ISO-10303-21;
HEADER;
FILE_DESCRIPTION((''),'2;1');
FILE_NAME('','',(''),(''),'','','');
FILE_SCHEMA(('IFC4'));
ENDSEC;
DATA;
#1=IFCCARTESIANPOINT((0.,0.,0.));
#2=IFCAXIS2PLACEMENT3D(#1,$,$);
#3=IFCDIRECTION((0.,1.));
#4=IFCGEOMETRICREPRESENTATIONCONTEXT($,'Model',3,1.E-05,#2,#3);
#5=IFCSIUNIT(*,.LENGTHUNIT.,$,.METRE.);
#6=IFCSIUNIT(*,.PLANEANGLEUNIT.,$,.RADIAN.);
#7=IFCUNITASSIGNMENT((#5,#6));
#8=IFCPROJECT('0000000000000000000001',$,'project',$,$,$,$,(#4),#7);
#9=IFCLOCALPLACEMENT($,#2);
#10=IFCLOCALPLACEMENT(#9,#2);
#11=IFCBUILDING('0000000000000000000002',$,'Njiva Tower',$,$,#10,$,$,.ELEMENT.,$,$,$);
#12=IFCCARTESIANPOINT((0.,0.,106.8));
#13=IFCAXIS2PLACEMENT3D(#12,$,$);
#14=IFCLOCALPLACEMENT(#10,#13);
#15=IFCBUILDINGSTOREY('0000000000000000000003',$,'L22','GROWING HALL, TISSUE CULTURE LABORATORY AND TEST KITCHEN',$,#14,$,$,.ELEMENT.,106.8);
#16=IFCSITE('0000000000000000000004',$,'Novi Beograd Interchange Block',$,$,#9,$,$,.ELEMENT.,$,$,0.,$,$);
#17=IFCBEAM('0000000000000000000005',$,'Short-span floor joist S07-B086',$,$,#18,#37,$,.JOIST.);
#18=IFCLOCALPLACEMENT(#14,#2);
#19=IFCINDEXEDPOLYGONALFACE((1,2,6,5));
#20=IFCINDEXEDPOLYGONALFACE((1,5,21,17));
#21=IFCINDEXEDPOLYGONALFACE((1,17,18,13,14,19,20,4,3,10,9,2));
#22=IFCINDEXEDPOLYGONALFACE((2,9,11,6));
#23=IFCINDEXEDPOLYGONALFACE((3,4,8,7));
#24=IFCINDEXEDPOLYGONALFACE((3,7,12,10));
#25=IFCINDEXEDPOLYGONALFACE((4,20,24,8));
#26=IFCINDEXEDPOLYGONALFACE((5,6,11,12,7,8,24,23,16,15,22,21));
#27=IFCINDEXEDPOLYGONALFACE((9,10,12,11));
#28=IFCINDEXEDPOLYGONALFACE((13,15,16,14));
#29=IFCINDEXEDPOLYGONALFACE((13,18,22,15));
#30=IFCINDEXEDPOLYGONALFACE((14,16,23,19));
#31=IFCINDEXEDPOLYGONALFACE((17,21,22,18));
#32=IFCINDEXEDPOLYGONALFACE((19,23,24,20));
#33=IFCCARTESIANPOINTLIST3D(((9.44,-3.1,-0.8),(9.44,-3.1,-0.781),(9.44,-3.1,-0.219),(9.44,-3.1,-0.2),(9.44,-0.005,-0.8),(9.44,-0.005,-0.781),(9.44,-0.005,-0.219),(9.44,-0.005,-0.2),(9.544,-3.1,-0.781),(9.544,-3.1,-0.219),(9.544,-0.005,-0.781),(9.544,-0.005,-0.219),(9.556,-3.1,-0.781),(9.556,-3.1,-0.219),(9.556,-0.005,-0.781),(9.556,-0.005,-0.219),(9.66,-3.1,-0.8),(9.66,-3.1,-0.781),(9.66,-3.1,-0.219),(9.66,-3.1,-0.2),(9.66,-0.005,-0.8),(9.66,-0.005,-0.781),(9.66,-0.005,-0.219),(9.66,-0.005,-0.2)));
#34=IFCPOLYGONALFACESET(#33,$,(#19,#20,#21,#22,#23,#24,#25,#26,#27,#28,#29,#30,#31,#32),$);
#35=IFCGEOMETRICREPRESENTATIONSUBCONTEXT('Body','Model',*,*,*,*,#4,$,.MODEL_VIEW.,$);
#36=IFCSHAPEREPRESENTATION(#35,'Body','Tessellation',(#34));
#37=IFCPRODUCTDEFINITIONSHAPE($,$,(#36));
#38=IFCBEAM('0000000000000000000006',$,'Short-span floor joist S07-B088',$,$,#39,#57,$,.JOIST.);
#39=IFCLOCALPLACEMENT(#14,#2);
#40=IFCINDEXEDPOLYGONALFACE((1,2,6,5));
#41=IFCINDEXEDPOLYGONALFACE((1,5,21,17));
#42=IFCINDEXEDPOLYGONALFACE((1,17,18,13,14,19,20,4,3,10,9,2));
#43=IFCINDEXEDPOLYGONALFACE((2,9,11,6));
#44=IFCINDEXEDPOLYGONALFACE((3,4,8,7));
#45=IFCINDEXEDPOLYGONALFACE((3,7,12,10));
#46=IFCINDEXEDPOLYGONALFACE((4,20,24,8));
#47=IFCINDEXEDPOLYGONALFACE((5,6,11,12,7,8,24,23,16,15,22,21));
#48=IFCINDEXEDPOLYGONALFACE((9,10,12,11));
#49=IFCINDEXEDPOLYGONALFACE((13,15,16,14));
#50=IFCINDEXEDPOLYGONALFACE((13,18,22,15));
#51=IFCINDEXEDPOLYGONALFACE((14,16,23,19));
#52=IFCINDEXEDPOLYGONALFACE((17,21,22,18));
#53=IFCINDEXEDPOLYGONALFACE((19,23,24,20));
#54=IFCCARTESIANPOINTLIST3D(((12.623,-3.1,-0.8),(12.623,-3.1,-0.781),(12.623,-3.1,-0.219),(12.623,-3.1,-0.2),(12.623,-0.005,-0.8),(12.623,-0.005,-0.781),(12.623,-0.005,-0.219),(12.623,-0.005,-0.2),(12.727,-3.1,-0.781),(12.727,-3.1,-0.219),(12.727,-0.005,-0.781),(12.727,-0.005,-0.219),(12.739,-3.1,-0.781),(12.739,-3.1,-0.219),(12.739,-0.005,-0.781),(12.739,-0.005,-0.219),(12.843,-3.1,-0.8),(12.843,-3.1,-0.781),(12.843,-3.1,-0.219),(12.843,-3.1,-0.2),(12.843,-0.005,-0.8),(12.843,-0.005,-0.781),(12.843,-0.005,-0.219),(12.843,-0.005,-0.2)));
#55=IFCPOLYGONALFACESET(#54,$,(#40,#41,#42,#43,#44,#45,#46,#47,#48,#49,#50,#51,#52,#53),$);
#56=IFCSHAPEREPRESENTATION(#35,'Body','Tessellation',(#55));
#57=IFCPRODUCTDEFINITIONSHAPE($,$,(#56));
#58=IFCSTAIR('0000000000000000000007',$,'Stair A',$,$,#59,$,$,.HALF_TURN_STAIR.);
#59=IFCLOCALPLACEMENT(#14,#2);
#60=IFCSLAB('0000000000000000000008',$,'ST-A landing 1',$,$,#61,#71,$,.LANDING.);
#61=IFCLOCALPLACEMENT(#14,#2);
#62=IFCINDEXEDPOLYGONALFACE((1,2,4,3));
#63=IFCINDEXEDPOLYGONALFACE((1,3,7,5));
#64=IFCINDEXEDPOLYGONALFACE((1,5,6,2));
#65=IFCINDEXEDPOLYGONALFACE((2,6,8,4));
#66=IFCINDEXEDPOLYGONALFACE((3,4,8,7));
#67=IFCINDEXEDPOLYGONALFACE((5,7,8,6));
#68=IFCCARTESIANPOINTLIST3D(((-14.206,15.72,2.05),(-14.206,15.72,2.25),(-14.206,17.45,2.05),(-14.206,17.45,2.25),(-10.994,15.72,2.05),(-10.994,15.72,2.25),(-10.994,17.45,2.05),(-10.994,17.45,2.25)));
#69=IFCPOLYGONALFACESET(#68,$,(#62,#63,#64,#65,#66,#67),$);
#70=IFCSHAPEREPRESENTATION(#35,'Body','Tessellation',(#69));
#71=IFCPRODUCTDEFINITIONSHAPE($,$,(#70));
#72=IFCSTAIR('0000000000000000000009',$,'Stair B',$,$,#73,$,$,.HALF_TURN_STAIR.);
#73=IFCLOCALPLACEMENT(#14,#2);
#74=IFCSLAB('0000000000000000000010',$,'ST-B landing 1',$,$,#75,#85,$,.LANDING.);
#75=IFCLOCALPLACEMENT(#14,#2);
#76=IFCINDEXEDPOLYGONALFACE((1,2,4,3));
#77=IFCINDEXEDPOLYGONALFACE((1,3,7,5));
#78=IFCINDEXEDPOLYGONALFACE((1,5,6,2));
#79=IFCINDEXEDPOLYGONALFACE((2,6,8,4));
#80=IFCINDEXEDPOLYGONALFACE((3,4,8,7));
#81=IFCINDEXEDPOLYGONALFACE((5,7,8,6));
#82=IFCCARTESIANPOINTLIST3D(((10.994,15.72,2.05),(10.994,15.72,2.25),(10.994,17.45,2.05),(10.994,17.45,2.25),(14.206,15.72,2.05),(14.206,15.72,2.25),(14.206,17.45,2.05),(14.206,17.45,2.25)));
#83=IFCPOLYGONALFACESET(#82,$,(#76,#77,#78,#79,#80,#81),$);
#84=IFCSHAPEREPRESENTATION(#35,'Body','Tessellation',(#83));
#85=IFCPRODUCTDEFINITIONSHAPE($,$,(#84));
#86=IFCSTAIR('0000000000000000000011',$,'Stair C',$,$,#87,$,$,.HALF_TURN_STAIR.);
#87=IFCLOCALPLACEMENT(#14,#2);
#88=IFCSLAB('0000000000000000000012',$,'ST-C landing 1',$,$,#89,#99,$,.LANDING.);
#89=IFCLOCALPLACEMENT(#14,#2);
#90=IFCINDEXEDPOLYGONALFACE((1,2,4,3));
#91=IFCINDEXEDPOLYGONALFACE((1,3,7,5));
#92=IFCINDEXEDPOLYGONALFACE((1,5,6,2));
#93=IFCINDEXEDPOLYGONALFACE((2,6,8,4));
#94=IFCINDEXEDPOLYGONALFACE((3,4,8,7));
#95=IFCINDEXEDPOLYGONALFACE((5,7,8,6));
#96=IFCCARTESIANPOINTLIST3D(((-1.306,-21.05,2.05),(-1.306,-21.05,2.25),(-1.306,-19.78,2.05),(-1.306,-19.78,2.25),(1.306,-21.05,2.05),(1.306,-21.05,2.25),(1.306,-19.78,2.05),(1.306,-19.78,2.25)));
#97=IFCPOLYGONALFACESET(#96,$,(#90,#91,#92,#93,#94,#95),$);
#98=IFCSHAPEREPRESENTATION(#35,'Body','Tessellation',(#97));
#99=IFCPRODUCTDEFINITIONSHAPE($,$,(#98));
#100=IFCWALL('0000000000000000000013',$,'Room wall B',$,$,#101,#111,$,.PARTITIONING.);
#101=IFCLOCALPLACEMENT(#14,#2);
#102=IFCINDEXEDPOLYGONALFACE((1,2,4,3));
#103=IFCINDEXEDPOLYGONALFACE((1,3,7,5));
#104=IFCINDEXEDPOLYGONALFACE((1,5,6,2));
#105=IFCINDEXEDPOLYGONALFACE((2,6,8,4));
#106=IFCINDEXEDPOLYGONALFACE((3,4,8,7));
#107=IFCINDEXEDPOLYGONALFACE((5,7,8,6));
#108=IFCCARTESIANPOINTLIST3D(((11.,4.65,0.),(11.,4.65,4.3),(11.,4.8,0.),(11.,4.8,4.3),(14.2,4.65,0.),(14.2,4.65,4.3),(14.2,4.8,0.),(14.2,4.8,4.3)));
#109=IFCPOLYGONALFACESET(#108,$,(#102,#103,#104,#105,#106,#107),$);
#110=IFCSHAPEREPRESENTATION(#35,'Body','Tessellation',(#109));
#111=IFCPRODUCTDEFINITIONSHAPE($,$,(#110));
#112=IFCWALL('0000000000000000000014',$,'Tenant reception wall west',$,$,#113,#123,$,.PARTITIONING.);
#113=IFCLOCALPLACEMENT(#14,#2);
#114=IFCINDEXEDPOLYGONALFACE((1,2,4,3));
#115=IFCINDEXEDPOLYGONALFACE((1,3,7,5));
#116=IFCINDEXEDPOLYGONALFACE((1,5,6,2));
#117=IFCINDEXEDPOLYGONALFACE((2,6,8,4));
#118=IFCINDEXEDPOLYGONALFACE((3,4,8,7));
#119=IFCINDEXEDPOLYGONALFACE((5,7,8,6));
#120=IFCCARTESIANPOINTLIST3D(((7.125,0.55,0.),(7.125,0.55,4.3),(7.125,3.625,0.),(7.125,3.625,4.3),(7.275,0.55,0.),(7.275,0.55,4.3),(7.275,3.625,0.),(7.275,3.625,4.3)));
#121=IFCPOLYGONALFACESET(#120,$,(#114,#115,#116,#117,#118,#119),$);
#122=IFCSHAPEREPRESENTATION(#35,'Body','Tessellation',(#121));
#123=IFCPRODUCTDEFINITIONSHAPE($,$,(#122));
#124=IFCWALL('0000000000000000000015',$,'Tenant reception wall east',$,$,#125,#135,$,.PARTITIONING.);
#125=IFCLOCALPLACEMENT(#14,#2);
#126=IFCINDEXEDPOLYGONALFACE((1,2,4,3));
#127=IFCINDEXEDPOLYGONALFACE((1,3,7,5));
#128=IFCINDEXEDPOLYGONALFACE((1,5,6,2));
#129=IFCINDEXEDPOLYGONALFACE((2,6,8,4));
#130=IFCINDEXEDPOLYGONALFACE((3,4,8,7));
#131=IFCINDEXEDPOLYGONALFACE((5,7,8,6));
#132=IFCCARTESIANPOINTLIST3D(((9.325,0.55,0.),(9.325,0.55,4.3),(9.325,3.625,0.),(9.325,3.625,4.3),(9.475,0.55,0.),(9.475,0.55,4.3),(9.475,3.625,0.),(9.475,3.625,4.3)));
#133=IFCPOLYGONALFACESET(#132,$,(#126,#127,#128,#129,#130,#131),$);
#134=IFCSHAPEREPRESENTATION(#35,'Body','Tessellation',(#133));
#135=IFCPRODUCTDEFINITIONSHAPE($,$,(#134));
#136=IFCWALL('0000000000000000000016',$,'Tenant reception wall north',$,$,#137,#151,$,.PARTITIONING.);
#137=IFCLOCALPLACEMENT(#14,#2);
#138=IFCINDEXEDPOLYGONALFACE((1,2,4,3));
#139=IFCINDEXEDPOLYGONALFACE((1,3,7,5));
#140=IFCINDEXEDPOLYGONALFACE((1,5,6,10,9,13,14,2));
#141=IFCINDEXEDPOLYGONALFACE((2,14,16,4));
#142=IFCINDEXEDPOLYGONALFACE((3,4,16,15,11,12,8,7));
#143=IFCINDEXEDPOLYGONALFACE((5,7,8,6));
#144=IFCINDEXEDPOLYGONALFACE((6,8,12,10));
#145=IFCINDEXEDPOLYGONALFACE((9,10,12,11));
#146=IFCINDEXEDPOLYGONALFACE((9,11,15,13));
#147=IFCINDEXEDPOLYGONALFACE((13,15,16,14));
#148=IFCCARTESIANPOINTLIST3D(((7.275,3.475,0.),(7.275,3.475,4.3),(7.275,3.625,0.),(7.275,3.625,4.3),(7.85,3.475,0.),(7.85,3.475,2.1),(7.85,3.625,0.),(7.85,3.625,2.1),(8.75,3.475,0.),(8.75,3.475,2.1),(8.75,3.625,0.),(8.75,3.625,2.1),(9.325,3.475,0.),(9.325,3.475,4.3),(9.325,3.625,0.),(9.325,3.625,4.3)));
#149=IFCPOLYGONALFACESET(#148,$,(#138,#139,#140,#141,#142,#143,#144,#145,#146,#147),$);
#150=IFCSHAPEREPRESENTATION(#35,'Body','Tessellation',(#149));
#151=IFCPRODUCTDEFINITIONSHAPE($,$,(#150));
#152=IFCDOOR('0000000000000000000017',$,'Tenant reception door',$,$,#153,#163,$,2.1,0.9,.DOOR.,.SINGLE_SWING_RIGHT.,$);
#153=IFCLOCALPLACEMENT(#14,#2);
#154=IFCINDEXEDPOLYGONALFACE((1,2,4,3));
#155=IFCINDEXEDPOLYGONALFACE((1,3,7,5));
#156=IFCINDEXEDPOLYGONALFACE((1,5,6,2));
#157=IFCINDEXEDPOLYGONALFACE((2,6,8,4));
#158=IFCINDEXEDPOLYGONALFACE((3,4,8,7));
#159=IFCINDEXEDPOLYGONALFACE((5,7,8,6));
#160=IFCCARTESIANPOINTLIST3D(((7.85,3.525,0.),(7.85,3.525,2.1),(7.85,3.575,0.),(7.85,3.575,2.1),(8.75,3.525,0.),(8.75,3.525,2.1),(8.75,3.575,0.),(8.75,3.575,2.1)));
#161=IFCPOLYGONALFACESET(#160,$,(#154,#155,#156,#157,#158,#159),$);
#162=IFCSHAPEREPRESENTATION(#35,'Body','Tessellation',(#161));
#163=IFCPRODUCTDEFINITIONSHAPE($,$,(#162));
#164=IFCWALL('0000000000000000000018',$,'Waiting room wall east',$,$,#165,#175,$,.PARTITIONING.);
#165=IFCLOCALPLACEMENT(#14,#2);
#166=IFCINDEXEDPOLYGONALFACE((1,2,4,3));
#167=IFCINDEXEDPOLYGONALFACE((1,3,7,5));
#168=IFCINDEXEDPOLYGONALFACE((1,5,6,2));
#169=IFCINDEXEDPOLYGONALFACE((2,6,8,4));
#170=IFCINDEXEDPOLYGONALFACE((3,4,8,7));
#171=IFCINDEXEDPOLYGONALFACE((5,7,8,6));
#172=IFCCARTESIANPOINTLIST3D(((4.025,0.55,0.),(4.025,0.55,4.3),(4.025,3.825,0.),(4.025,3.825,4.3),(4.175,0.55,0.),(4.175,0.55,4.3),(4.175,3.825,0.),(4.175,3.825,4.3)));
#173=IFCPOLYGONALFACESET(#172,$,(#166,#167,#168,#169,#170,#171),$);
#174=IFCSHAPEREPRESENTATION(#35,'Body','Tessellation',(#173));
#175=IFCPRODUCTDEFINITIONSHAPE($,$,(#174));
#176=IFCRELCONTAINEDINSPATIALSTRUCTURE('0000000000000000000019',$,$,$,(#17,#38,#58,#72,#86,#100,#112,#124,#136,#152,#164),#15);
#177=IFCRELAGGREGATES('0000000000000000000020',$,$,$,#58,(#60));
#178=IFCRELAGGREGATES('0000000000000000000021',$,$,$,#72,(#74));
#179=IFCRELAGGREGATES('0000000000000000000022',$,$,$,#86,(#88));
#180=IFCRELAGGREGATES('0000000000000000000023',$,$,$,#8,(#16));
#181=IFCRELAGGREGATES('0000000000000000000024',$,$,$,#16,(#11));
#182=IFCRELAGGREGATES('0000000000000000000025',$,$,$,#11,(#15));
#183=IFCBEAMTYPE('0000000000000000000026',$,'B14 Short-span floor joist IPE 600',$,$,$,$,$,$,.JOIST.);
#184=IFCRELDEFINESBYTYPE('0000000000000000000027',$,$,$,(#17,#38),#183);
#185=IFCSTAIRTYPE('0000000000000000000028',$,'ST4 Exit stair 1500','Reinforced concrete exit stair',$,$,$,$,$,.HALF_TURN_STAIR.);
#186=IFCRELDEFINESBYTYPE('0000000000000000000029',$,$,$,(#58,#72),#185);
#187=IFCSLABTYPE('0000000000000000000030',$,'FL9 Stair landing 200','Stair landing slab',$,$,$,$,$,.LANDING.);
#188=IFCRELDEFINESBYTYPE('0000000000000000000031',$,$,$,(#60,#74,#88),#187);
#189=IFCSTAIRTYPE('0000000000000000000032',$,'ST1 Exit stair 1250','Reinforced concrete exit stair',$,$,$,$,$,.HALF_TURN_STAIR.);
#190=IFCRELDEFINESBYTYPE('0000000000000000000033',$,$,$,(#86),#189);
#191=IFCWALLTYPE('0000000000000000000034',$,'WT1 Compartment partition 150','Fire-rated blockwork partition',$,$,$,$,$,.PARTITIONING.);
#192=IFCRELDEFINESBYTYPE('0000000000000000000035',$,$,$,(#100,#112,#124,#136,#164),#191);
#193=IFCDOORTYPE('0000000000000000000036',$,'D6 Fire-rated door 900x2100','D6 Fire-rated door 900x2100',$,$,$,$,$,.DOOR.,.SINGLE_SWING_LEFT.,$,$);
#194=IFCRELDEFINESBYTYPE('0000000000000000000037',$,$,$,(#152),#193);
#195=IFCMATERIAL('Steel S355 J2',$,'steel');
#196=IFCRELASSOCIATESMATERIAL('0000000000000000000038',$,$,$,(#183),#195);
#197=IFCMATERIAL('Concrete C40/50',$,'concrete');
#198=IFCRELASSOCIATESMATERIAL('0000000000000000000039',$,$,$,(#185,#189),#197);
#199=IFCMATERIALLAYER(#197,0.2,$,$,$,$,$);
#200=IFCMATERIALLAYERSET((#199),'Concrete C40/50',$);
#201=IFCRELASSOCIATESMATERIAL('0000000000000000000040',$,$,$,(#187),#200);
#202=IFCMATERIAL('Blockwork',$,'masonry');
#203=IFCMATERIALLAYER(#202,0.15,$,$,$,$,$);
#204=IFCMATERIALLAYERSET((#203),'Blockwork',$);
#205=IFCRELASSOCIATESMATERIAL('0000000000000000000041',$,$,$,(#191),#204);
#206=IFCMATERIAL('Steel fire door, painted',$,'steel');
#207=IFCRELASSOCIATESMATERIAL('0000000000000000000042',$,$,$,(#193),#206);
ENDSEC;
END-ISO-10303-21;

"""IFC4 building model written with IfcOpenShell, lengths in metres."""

from ifc_helpers import new_model, si_unit, direction, frame, frame_2d, origin, origin_2d, place, context, subcontext, project, spatial, polyline, rectangle, i_section, outline, extrude, material, layer, layer_set, material_profile, profile_set, type_object, element, fill, aggregate, save


model = new_model("IFC4")

# Units and contexts
model_context = context("Model", 3, precision=1e-05, world=origin(), true_north=direction((0.0, 1.0)))
body_context = subcontext(model_context, "Body", "Model", "MODEL_VIEW")
ifc_project = project(units=[si_unit("LENGTHUNIT", "METRE"), si_unit("PLANEANGLEUNIT", "RADIAN")], contexts=[model_context])

# Site, building, storey
site_placement = place(None, origin())
site = spatial("IfcSite", under=ifc_project, at=site_placement, Name="Novi Beograd Interchange Block", CompositionType="ELEMENT", RefElevation=0.0)
building_placement = place(site_placement, origin())
building = spatial("IfcBuilding", under=site, at=building_placement, Name="Njiva Tower", CompositionType="ELEMENT")
storey_placement = place(building_placement, frame((0.0, 0.0, 106.8)))
storey = spatial("IfcBuildingStorey", under=building, at=storey_placement, Name="L22", Description="GROWING HALL, TISSUE CULTURE LABORATORY AND TEST KITCHEN", CompositionType="ELEMENT", Elevation=106.8)

# Beams
ifc_material_1 = material(Name="Steel S355 J2", Category="steel")
ifc_material_profile = material_profile(ifc_material_1, i_section(OverallWidth=0.22, OverallDepth=0.6, WebThickness=0.012, FlangeThickness=0.019, at=origin_2d()), Name="IPE 600")
ifc_profile_set = profile_set([ifc_material_profile], Name="Steel S355 J2")
beam_type = type_object("IfcBeamType", Name="B14 Short-span floor joist IPE 600", PredefinedType="JOIST", material=ifc_profile_set)
for number, where, z_axis, x_axis, name in (
    (1, (9.55, -0.005, -0.5), (0.0, -1.0, 0.0), (1.0, 0.0, 0.0), "Short-span floor joist S07-B086"),
    (2, (12.733, -0.005, -0.5), (0.0, -1.0, 0.0), (1.0, 0.0, 0.0), "Short-span floor joist S07-B088"),
):
    element("IfcBeam", number, at=place(storey_placement, frame(where, z_axis=z_axis, x_axis=x_axis)), inside=storey, type_object=beam_type, Name=name, PredefinedType="JOIST", context=body_context, shape_type="SweptSolid", body=[
        extrude(i_section(OverallWidth=0.22, OverallDepth=0.6, WebThickness=0.012, FlangeThickness=0.019, at=origin_2d()), origin(), (0.0, 0.0, 1.0), 3.095),
    ])

# Stairs, slabs
ifc_material_2 = material(Name="Concrete C40/50", Category="concrete")
stair_type_1 = type_object("IfcStairType", Name="ST4 Exit stair 1500", Description="Reinforced concrete exit stair", PredefinedType="HALF_TURN_STAIR", material=ifc_material_2)
stair_1_placement = place(storey_placement, origin())
stair_1 = element("IfcStair", 3, at=stair_1_placement, inside=storey, type_object=stair_type_1, Name="Stair A", PredefinedType="HALF_TURN_STAIR")
ifc_layer_1 = layer(ifc_material_2, 0.2)
ifc_layer_set_1 = layer_set([ifc_layer_1], Name="Concrete C40/50")
slab_type = type_object("IfcSlabType", Name="FL9 Stair landing 200", Description="Stair landing slab", PredefinedType="LANDING", material=ifc_layer_set_1)
slab_1_placement = place(storey_placement, frame((0.0, 0.0, 2.05)))
slab_1 = element("IfcSlab", 4, at=slab_1_placement, type_object=slab_type, Name="ST-A landing 1", PredefinedType="LANDING", context=body_context, shape_type="SweptSolid", body=[
    extrude(outline(polyline([(-14.206, 15.72), (-10.994, 15.72), (-10.994, 17.45), (-14.206, 17.45), (-14.206, 15.72)])), origin(), (0.0, 0.0, 1.0), 0.2),
])
aggregate(stair_1, [slab_1])
stair_2_placement = place(storey_placement, origin())
stair_2 = element("IfcStair", 5, at=stair_2_placement, inside=storey, type_object=stair_type_1, Name="Stair B", PredefinedType="HALF_TURN_STAIR")
slab_2_placement = place(storey_placement, frame((0.0, 0.0, 2.05)))
slab_2 = element("IfcSlab", 6, at=slab_2_placement, type_object=slab_type, Name="ST-B landing 1", PredefinedType="LANDING", context=body_context, shape_type="SweptSolid", body=[
    extrude(outline(polyline([(10.994, 15.72), (14.206, 15.72), (14.206, 17.45), (10.994, 17.45), (10.994, 15.72)])), origin(), (0.0, 0.0, 1.0), 0.2),
])
aggregate(stair_2, [slab_2])
stair_type_2 = type_object("IfcStairType", Name="ST1 Exit stair 1250", Description="Reinforced concrete exit stair", PredefinedType="HALF_TURN_STAIR", material=ifc_material_2)
stair_3_placement = place(storey_placement, origin())
stair_3 = element("IfcStair", 7, at=stair_3_placement, inside=storey, type_object=stair_type_2, Name="Stair C", PredefinedType="HALF_TURN_STAIR")
slab_3_placement = place(storey_placement, frame((0.0, 0.0, 2.05)))
slab_3 = element("IfcSlab", 8, at=slab_3_placement, type_object=slab_type, Name="ST-C landing 1", PredefinedType="LANDING", context=body_context, shape_type="SweptSolid", body=[
    extrude(outline(polyline([(-1.306, -21.05), (1.306, -21.05), (1.306, -19.78), (-1.306, -19.78), (-1.306, -21.05)])), origin(), (0.0, 0.0, 1.0), 0.2),
])
aggregate(stair_3, [slab_3])

# Walls
ifc_material_3 = material(Name="Blockwork", Category="masonry")
ifc_layer_2 = layer(ifc_material_3, 0.15)
ifc_layer_set_2 = layer_set([ifc_layer_2], Name="Blockwork")
wall_type_1 = type_object("IfcWallType", Name="WT1 Compartment partition 150", Description="Fire-rated blockwork partition", PredefinedType="PARTITIONING", material=ifc_layer_set_2)
wall_1_placement = place(storey_placement, frame((11.0, 4.725, 0.0), z_axis=(0.0, 0.0, 1.0), x_axis=(1.0, 0.0, 0.0)))
element("IfcWall", 9, at=wall_1_placement, inside=storey, type_object=wall_type_1, Name="Room wall B", PredefinedType="PARTITIONING", context=body_context, shape_type="SweptSolid", body=[
    extrude(rectangle(XDim=3.2, YDim=0.15, at=frame_2d((1.6, 0.0))), origin(), (0.0, 0.0, 1.0), 4.3),
])
for number, where, z_axis, x_axis, name in (
    (10, (7.2, 0.55, 0.0), (0.0, 0.0, 1.0), (0.0, 1.0, 0.0), "Tenant reception wall west"),
    (11, (9.4, 0.55, 0.0), (0.0, 0.0, 1.0), (0.0, 1.0, 0.0), "Tenant reception wall east"),
):
    element("IfcWall", number, at=place(storey_placement, frame(where, z_axis=z_axis, x_axis=x_axis)), inside=storey, type_object=wall_type_1, Name=name, PredefinedType="PARTITIONING", context=body_context, shape_type="SweptSolid", body=[
        extrude(rectangle(XDim=3.075, YDim=0.15, at=frame_2d((1.5375, 0.0))), origin(), (0.0, 0.0, 1.0), 4.3),
    ])

# Wall, opening, door
wall_2_placement = place(storey_placement, frame((7.275, 3.55, 0.0), z_axis=(0.0, 0.0, 1.0), x_axis=(1.0, 0.0, 0.0)))
wall_2 = element("IfcWall", 12, at=wall_2_placement, inside=storey, type_object=wall_type_1, Name="Tenant reception wall north", PredefinedType="PARTITIONING", context=body_context, shape_type="SweptSolid", body=[
    extrude(rectangle(XDim=2.05, YDim=0.15, at=frame_2d((1.025, 0.0))), origin(), (0.0, 0.0, 1.0), 4.3),
])
opening_1_placement = place(wall_2_placement, frame((0.575, 0.0, 0.0)))
opening_1 = element("IfcOpeningElement", 13, at=opening_1_placement, cuts=wall_2, PredefinedType="OPENING", context=body_context, shape_type="SweptSolid", body=[
    extrude(rectangle(XDim=0.9, YDim=2.1, at=frame_2d((0.45, 1.05))), frame((0.0, 0.085, 0.0), z_axis=(0.0, -1.0, 0.0), x_axis=(1.0, 0.0, 0.0)), (0.0, 0.0, 1.0), 0.17),
])
ifc_material_4 = material(Name="Steel fire door, painted", Category="steel")
door_type_1 = type_object("IfcDoorType", Name="D6 Fire-rated door 900x2100", Description="D6 Fire-rated door 900x2100", OperationType="SINGLE_SWING_LEFT", PredefinedType="DOOR", material=ifc_material_4)
door_1_placement = place(opening_1_placement, origin())
door_1 = element("IfcDoor", 14, at=door_1_placement, inside=storey, type_object=door_type_1, Name="Tenant reception door", OperationType="SINGLE_SWING_RIGHT", OverallHeight=2.1, OverallWidth=0.9, PredefinedType="DOOR", context=body_context, shape_type="SweptSolid", body=[
    extrude(rectangle(XDim=0.9, YDim=2.1, at=frame_2d((0.45, 1.05))), frame((0.0, 0.025, 0.0), z_axis=(0.0, -1.0, 0.0), x_axis=(1.0, 0.0, 0.0)), (0.0, 0.0, 1.0), 0.05),
])
fill(opening_1, door_1)

# Wall
wall_3_placement = place(storey_placement, frame((4.1, 0.55, 0.0), z_axis=(0.0, 0.0, 1.0), x_axis=(0.0, 1.0, 0.0)))
element("IfcWall", 15, at=wall_3_placement, inside=storey, type_object=wall_type_1, Name="Waiting room wall east", PredefinedType="PARTITIONING", context=body_context, shape_type="SweptSolid", body=[
    extrude(rectangle(XDim=3.275, YDim=0.15, at=frame_2d((1.6375, 0.0))), origin(), (0.0, 0.0, 1.0), 4.3),
])

save(model, "model.ifc")
